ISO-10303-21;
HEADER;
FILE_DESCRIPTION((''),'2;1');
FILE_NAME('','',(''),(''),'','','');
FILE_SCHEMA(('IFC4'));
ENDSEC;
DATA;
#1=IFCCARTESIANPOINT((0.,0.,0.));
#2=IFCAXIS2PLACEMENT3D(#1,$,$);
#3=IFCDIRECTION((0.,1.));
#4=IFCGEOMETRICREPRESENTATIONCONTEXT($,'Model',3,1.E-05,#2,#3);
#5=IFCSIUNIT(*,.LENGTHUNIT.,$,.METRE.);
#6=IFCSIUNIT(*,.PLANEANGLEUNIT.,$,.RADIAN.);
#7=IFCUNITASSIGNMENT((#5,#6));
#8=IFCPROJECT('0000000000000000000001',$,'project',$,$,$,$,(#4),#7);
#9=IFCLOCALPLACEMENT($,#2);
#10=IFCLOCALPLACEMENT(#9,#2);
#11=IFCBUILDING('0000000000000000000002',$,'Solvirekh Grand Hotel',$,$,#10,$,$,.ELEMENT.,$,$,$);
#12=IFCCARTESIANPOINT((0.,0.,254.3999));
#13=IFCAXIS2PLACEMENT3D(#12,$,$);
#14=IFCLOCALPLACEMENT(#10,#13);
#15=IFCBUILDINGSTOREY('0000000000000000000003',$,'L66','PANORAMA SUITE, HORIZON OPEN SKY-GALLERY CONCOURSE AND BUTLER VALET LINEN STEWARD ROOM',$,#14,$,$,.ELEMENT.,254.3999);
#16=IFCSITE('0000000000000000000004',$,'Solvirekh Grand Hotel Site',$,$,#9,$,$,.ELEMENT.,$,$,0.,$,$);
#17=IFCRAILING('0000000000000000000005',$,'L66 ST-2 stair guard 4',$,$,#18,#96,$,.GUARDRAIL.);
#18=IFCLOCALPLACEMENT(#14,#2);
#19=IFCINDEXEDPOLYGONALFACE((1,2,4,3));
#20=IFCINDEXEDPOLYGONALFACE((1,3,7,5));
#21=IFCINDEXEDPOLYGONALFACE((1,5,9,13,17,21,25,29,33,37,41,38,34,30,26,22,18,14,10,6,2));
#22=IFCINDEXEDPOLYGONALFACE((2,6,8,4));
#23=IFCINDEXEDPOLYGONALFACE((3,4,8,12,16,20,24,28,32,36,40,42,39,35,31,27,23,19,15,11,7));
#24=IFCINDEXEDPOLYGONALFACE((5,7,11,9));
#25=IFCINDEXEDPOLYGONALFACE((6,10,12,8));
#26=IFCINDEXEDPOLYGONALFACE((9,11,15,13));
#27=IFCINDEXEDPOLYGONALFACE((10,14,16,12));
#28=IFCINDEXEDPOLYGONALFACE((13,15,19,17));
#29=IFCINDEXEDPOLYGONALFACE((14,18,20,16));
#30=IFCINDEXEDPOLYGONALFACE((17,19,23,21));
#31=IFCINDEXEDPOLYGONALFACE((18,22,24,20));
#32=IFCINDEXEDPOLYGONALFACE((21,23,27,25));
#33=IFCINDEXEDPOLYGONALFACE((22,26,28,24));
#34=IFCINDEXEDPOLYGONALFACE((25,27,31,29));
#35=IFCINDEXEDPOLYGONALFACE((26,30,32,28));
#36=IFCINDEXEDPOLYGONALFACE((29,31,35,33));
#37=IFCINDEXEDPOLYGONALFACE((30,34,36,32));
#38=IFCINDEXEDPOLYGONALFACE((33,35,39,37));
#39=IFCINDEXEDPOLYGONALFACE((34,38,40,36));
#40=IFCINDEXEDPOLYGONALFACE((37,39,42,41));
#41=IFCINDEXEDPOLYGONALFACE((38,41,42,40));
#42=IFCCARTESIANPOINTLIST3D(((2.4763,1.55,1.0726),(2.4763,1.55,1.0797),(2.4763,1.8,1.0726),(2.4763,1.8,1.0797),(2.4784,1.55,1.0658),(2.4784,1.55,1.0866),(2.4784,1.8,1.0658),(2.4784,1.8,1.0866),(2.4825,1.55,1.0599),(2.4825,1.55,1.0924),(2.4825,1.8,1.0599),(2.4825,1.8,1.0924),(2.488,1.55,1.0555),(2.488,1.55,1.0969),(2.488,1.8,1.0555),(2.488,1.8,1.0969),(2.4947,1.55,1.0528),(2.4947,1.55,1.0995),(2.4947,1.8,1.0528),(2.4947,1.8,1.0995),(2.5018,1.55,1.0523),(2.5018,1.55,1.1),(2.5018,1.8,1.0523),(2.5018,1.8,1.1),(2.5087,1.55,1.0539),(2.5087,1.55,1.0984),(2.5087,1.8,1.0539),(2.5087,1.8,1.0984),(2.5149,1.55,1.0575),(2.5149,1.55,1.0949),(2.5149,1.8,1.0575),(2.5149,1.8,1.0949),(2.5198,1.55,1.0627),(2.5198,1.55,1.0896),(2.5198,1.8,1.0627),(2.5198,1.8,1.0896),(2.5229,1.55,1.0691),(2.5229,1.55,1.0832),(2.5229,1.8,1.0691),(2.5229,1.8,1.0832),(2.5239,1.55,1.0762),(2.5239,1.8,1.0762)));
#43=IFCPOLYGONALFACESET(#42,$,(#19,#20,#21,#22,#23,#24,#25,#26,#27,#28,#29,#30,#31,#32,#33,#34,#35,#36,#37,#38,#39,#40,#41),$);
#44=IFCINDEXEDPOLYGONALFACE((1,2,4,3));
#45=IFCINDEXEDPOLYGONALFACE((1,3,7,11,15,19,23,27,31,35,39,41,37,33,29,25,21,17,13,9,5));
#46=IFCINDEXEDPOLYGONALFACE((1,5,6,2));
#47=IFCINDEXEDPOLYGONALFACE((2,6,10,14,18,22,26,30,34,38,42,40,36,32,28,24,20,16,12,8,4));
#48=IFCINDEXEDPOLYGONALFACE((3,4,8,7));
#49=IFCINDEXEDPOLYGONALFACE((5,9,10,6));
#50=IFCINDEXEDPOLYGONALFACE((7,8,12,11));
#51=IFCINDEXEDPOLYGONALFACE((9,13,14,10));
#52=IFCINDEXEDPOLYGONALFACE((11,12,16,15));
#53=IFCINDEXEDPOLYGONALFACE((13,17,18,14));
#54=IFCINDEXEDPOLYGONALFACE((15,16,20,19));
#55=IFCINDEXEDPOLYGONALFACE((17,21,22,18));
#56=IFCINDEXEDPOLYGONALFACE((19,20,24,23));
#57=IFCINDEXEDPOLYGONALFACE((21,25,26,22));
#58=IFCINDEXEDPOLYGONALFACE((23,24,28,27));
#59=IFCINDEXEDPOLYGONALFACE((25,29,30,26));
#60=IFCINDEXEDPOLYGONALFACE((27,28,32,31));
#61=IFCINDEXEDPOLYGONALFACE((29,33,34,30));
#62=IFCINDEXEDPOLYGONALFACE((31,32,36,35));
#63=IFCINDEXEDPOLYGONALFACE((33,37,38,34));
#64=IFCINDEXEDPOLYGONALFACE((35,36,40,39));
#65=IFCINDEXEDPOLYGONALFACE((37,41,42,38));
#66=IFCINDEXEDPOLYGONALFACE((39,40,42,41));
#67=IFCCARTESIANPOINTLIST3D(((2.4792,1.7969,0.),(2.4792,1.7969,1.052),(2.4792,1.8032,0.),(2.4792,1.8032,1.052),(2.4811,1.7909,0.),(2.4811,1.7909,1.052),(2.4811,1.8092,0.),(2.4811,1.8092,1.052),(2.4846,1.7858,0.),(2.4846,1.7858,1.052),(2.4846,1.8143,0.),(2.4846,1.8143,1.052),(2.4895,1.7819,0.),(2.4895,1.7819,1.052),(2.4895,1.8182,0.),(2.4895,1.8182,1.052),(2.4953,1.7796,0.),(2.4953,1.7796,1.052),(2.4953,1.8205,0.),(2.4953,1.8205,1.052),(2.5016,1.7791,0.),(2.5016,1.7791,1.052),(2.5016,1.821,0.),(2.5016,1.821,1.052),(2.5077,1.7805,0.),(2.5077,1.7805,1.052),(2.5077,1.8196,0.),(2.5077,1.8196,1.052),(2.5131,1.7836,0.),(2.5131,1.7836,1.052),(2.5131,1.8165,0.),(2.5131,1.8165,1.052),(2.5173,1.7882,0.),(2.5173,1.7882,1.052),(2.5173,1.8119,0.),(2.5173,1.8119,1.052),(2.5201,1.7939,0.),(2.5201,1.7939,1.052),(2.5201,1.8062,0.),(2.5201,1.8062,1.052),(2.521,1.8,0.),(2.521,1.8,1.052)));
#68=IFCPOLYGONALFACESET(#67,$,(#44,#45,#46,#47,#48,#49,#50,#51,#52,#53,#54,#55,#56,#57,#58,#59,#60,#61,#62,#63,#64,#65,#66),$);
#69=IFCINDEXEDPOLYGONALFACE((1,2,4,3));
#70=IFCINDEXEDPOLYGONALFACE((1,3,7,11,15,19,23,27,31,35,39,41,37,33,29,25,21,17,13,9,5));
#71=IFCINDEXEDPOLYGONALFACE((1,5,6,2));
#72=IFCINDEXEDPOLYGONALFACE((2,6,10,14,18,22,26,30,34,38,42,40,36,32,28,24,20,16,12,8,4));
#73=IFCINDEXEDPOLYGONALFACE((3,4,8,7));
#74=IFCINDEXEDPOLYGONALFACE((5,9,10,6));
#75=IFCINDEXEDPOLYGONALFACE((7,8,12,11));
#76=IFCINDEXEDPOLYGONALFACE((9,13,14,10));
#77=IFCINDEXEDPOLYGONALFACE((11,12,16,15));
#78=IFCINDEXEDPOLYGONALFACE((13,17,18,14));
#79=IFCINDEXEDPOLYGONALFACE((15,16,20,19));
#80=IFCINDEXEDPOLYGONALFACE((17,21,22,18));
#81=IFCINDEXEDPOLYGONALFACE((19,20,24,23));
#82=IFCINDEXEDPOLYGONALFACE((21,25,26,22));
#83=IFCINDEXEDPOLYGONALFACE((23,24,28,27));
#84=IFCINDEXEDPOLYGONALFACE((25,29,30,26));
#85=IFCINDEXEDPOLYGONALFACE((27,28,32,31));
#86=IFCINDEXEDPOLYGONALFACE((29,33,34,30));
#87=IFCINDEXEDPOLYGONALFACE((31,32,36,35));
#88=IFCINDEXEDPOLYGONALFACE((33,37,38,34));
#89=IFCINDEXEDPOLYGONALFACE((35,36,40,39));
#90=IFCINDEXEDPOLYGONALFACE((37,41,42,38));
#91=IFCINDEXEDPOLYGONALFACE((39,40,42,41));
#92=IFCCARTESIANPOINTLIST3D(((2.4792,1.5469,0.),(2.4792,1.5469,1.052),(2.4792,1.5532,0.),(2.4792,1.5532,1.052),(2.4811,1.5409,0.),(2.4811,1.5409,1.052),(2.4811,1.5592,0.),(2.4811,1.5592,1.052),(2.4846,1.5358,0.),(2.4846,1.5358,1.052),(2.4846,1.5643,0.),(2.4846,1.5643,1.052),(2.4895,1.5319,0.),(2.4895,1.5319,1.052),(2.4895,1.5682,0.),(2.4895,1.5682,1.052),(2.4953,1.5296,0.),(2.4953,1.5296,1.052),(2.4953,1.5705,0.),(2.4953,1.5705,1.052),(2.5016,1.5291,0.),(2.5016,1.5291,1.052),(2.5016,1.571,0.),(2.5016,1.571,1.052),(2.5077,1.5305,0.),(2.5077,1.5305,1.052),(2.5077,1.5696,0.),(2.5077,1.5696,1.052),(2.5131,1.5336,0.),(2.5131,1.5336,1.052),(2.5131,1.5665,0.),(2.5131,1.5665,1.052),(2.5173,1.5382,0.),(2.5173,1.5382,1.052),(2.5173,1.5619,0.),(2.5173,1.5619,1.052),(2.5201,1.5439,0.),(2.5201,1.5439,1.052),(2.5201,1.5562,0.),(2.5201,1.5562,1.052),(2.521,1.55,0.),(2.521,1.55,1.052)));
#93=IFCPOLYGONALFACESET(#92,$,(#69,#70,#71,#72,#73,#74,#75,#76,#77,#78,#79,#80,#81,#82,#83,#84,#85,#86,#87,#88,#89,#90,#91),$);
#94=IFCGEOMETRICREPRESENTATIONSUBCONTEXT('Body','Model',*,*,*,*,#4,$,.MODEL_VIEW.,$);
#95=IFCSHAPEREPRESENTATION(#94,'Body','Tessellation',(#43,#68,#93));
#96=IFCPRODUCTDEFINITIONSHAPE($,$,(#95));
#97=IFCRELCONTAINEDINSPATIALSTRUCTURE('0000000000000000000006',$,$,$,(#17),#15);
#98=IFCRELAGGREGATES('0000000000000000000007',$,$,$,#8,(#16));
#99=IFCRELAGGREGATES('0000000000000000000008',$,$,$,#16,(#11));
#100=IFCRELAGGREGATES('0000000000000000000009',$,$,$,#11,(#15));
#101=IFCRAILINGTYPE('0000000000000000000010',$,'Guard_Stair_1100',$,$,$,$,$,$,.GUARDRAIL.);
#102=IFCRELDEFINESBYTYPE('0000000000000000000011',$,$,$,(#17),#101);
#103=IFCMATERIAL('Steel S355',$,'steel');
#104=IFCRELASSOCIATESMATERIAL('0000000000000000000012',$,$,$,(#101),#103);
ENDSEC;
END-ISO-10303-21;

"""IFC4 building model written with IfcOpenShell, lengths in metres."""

from ifc_helpers import new_model, si_unit, direction, frame, origin, origin_2d, place, context, subcontext, project, spatial, circle, extrude, material, type_object, element, save


model = new_model("IFC4")

# Units and contexts
model_context = context("Model", 3, precision=1e-05, world=origin(), true_north=direction((0.0, 1.0)))
body_context = subcontext(model_context, "Body", "Model", "MODEL_VIEW")
ifc_project = project(units=[si_unit("LENGTHUNIT", "METRE"), si_unit("PLANEANGLEUNIT", "RADIAN")], contexts=[model_context])

# Site, building, storey
site_placement = place(None, origin())
site = spatial("IfcSite", under=ifc_project, at=site_placement, Name="Solvirekh Grand Hotel Site", CompositionType="ELEMENT", RefElevation=0.0)
building_placement = place(site_placement, origin())
building = spatial("IfcBuilding", under=site, at=building_placement, Name="Solvirekh Grand Hotel", CompositionType="ELEMENT")
storey_placement = place(building_placement, frame((0.0, 0.0, 254.3999)))
storey = spatial("IfcBuildingStorey", under=building, at=storey_placement, Name="L66", Description="PANORAMA SUITE, HORIZON OPEN SKY-GALLERY CONCOURSE AND BUTLER VALET LINEN STEWARD ROOM", CompositionType="ELEMENT", Elevation=254.3999)

# Shared definitions
ifc_material_1 = material(Name="Steel S355", Category="steel")

# Railing
railing_type_1 = type_object("IfcRailingType", Name="Guard_Stair_1100", PredefinedType="GUARDRAIL", material=ifc_material_1)
railing_1_placement = place(storey_placement, frame((2.5, 1.8, 0.0)))
element("IfcRailing", 1, at=railing_1_placement, inside=storey, type_object=railing_type_1, Name="L66 ST-2 stair guard 4", PredefinedType="GUARDRAIL", context=body_context, shape_type="SweptSolid", body=[
    extrude(circle(Radius=0.0239, at=origin_2d()), frame((0.0, 0.0, 1.0762), z_axis=(0.0, -1.0, 0.0), x_axis=(1.0, 0.0, 0.0)), (0.0, 0.0, 1.0), 0.25),
    extrude(circle(Radius=0.021, at=origin_2d()), origin(), (0.0, 0.0, 1.0), 1.052),
    extrude(circle(Radius=0.021, at=origin_2d()), frame((0.0, -0.25, 0.0)), (0.0, 0.0, 1.0), 1.052),
])

save(model, "model.ifc")
